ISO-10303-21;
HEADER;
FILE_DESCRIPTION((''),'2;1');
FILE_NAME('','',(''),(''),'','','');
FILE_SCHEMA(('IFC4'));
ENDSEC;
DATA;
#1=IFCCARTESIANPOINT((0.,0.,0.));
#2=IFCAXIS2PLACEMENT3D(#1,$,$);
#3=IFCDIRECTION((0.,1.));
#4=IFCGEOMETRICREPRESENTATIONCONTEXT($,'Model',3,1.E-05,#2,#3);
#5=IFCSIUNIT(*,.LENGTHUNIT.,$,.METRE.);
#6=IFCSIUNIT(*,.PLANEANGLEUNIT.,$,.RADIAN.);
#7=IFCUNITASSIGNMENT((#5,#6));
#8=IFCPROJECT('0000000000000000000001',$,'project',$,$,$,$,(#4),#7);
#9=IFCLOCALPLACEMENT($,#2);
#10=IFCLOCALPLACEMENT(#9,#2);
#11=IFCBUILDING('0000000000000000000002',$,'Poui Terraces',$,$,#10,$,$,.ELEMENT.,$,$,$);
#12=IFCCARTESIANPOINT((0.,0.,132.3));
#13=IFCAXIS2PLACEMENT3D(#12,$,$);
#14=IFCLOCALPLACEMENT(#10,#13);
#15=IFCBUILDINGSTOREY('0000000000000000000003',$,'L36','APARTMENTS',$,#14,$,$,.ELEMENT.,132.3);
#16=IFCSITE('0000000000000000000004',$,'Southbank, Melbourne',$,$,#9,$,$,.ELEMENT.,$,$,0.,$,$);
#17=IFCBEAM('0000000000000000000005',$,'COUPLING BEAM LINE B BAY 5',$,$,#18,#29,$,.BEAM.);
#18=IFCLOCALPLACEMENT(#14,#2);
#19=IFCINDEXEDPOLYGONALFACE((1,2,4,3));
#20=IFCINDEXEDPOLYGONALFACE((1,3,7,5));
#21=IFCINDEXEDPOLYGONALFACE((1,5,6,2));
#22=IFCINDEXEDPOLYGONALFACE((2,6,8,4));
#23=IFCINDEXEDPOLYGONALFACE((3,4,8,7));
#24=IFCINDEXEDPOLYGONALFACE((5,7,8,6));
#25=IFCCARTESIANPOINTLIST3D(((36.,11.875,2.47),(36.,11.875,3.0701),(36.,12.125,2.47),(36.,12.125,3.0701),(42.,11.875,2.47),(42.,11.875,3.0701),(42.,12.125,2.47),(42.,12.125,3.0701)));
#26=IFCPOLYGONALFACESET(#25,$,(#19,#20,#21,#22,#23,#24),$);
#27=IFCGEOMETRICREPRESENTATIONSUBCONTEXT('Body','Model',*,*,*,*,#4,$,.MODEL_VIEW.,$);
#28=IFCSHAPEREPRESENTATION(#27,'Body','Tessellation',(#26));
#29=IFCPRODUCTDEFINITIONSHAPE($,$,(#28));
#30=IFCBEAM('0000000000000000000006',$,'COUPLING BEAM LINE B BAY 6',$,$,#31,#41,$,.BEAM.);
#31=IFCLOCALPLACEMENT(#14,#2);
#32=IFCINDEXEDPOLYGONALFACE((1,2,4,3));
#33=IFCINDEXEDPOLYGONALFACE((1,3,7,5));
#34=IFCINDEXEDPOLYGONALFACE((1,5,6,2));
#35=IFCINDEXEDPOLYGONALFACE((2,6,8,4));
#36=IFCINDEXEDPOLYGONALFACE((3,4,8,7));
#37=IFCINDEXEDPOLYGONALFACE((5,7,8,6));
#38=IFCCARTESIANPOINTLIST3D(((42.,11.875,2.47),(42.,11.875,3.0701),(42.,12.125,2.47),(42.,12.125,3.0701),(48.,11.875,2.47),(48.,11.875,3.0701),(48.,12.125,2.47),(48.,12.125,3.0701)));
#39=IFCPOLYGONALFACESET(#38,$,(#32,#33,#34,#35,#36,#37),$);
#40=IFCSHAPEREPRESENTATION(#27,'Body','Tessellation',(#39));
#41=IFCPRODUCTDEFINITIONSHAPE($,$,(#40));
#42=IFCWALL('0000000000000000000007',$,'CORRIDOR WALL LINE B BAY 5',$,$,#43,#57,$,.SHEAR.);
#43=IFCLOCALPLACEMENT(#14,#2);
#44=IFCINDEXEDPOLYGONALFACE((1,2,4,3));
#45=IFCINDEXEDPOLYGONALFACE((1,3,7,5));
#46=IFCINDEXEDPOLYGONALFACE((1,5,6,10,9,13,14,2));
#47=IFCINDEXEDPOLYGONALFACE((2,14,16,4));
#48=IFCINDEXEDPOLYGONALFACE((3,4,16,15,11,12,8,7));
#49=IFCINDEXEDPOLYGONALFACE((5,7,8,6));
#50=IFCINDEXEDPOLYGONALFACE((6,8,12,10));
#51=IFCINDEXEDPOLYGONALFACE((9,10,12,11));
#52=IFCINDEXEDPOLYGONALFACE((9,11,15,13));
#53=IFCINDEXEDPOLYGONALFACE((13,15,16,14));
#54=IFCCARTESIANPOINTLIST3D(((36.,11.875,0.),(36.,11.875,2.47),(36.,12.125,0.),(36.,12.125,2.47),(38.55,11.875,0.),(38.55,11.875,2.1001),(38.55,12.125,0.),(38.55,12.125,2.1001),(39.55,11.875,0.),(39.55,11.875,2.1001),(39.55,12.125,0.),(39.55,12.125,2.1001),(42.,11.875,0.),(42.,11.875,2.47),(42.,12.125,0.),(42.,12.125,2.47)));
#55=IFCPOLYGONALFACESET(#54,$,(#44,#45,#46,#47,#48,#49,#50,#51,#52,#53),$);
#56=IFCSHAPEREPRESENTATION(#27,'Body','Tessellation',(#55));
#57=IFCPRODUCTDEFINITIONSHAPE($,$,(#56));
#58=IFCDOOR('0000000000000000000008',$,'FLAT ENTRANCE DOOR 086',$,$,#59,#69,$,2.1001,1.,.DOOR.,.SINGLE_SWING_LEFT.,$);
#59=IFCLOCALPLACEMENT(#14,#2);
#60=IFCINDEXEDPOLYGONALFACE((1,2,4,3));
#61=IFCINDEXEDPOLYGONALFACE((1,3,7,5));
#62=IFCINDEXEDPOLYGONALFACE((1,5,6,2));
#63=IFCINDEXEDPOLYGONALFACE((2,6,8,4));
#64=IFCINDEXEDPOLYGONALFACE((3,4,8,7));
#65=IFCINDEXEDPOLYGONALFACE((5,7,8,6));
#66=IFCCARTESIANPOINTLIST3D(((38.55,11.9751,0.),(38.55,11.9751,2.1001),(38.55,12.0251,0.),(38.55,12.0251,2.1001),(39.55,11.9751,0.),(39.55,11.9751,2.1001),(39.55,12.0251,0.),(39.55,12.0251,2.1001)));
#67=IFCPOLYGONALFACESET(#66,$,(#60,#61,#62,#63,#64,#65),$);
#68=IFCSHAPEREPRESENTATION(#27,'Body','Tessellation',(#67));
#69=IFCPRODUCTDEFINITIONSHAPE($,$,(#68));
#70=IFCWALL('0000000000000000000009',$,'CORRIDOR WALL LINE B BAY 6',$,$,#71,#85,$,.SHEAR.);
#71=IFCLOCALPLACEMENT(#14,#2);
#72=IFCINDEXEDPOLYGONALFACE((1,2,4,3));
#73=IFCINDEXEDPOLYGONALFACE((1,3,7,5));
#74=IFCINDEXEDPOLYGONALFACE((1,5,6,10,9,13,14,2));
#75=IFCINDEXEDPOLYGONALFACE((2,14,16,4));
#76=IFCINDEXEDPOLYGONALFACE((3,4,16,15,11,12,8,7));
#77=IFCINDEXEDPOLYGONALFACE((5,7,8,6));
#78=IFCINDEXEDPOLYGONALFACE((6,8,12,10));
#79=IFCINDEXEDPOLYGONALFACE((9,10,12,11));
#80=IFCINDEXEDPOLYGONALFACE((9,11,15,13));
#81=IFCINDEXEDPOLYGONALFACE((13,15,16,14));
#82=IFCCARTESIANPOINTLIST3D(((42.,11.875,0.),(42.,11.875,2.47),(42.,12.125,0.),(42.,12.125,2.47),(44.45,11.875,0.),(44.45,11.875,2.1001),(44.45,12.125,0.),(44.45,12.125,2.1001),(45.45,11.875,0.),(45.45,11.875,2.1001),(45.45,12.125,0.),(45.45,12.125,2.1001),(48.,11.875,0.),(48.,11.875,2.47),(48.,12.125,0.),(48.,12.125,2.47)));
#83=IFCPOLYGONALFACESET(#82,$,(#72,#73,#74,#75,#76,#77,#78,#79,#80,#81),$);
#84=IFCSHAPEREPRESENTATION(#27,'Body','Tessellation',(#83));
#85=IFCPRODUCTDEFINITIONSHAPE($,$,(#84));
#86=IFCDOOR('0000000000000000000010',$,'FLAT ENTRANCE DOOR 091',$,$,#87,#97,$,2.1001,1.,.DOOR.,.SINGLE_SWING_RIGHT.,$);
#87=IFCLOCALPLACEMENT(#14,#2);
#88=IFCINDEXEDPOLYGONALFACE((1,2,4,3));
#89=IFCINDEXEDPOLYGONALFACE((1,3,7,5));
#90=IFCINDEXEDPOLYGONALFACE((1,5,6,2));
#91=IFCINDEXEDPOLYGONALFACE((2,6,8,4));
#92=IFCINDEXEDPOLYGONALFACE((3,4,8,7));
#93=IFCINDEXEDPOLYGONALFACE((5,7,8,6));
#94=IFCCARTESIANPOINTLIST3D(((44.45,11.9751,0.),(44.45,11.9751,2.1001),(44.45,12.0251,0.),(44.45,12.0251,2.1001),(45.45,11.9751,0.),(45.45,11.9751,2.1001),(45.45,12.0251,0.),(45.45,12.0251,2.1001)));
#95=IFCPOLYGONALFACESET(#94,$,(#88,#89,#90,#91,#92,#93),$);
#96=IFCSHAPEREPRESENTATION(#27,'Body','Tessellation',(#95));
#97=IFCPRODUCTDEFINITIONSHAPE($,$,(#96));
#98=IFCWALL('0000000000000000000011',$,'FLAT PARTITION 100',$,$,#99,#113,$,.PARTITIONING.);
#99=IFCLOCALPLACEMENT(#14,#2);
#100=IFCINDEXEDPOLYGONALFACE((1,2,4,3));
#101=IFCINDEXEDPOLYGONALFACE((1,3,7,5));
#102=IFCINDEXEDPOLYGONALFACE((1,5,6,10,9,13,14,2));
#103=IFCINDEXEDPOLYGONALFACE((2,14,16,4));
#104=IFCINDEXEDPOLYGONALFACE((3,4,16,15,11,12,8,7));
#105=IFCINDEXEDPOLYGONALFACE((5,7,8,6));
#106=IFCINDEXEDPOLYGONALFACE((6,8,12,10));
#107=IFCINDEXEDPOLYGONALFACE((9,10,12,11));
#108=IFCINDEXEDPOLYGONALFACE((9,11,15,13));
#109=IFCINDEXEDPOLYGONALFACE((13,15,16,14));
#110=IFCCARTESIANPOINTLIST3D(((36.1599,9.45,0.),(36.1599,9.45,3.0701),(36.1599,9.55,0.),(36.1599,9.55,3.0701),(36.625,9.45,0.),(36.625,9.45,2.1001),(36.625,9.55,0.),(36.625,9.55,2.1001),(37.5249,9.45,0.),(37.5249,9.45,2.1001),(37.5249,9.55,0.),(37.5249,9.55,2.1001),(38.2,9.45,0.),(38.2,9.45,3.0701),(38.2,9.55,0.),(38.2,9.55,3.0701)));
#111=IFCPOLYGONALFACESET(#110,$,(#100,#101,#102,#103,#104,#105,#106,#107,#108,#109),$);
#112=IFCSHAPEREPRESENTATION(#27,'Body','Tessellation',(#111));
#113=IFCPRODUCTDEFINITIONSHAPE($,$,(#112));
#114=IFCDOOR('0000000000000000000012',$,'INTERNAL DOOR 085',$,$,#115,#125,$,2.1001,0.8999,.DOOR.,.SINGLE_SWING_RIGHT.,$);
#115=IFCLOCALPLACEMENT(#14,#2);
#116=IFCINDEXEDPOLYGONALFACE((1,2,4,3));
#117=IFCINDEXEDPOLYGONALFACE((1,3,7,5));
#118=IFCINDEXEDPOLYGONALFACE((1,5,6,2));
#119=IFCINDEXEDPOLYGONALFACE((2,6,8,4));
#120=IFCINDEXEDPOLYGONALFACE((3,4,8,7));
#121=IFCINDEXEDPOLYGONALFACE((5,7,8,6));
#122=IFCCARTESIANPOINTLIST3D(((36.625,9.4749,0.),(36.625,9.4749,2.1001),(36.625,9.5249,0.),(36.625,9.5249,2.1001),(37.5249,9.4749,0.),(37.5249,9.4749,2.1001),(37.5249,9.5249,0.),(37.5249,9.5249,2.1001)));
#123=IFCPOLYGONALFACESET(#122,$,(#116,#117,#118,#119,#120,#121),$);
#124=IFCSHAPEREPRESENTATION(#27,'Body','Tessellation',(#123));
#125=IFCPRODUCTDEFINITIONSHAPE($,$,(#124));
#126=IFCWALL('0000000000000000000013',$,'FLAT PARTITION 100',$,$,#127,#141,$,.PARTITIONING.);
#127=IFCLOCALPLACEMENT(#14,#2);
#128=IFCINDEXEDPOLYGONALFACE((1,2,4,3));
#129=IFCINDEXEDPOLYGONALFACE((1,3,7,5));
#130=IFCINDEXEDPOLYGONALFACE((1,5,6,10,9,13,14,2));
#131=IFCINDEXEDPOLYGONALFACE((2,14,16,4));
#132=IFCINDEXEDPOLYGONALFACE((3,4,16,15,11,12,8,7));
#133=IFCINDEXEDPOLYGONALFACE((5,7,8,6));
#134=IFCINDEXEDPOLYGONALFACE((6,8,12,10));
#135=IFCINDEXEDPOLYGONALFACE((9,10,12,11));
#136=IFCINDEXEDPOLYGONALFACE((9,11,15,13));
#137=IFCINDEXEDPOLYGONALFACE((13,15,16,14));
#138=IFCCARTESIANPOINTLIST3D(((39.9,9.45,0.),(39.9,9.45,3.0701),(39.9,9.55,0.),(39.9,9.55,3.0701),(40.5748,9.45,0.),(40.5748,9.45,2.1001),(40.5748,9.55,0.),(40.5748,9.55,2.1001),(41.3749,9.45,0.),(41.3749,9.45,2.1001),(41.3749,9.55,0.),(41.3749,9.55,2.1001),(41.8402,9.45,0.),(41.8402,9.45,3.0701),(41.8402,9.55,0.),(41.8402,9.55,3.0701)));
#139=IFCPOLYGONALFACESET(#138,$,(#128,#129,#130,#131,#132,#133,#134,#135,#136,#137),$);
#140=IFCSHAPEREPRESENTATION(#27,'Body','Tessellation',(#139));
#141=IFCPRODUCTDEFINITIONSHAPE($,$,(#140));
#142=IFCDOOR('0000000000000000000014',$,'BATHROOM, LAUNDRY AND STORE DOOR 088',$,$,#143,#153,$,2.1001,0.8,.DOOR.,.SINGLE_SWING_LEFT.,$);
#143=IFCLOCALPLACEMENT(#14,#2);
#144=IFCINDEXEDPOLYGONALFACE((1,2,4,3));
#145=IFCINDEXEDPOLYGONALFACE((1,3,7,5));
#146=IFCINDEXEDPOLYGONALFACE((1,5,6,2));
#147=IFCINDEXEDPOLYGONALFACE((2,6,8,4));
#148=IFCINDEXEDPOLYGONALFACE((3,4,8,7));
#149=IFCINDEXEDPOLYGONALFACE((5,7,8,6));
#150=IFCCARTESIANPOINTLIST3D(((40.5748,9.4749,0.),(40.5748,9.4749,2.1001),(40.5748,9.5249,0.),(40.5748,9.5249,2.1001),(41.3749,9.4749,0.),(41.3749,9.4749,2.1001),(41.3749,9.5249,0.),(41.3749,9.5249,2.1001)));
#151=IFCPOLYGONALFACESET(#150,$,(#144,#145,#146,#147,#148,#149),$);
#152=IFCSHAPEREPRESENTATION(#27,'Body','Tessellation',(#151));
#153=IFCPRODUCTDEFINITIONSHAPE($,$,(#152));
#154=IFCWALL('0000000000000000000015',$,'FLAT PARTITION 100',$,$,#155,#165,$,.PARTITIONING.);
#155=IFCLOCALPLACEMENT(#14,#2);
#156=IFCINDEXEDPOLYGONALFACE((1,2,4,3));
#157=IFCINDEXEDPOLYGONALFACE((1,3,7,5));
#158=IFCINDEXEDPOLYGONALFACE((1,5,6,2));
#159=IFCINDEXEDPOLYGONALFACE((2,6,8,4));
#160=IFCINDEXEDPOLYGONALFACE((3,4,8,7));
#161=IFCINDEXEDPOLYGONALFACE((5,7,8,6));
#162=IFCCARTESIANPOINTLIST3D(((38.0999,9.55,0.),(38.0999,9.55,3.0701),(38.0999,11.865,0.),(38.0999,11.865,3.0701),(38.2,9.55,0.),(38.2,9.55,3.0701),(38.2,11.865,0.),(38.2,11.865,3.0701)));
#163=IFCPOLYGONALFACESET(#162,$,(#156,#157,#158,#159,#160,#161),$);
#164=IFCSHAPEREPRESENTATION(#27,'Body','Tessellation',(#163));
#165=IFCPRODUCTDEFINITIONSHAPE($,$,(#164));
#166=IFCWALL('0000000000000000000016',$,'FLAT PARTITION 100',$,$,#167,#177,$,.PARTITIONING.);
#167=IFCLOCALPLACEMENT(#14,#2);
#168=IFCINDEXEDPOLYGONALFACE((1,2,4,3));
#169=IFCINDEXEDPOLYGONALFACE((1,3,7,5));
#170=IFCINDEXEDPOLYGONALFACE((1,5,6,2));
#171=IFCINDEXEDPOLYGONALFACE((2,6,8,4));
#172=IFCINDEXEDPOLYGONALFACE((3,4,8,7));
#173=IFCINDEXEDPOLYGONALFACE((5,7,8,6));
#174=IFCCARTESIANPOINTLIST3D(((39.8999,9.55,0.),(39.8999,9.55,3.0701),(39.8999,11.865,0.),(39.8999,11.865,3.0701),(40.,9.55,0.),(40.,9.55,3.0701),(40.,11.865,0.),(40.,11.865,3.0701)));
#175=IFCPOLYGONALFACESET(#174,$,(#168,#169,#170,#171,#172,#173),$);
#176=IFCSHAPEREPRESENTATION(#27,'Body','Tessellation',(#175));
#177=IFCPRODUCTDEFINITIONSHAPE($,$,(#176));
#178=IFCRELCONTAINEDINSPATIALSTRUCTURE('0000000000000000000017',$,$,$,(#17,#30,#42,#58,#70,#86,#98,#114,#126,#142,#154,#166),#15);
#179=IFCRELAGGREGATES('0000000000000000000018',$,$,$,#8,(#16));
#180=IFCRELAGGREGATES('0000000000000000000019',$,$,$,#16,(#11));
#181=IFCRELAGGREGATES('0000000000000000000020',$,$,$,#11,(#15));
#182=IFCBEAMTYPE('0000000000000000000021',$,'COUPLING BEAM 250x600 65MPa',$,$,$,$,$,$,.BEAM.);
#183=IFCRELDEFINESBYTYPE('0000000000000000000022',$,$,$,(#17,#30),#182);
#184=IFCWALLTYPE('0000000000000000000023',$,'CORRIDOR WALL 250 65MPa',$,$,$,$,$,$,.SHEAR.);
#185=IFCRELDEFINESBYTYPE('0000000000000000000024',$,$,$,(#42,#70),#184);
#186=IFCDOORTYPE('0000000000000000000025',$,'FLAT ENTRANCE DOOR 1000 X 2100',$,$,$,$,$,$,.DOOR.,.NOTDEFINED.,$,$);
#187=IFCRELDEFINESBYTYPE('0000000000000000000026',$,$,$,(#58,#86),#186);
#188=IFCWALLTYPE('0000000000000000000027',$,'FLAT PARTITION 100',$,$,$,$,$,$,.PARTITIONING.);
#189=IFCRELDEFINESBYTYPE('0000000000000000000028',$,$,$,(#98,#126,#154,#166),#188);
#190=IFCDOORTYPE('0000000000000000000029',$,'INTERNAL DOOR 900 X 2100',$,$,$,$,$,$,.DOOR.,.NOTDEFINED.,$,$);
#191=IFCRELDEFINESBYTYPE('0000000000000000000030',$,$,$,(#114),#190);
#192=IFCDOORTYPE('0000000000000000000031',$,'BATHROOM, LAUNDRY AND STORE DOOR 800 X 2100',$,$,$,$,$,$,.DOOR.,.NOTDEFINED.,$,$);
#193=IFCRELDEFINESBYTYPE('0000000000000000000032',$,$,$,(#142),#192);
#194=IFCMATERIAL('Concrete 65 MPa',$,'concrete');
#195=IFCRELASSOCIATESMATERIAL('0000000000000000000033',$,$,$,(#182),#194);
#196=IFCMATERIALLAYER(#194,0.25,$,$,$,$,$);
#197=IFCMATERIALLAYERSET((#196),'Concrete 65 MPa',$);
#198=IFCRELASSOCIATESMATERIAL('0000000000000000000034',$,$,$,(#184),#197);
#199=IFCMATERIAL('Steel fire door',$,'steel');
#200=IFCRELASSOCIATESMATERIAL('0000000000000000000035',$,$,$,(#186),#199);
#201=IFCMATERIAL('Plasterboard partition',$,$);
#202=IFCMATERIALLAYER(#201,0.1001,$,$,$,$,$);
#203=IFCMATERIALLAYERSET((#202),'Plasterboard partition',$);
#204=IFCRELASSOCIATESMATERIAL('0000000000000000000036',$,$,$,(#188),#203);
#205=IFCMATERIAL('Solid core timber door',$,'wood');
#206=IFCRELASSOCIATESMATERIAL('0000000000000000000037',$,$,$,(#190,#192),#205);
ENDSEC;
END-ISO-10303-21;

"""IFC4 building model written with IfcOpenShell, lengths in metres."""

from ifc_helpers import new_model, si_unit, direction, frame, frame_2d, origin, origin_2d, place, context, subcontext, project, spatial, rectangle, extrude, source, transform, mapped, material, layer, layer_set, material_profile, profile_set, type_object, element, fill, save


model = new_model("IFC4")

# Units and contexts
model_context = context("Model", 3, precision=1e-05, world=origin(), true_north=direction((0.0, 1.0)))
body_context = subcontext(model_context, "Body", "Model", "MODEL_VIEW")
ifc_project = project(units=[si_unit("LENGTHUNIT", "METRE"), si_unit("PLANEANGLEUNIT", "RADIAN")], contexts=[model_context])

# Site, building, storey
site_placement = place(None, origin())
site = spatial("IfcSite", under=ifc_project, at=site_placement, Name="Southbank, Melbourne", CompositionType="ELEMENT", RefElevation=0.0)
building_placement = place(site_placement, origin())
building = spatial("IfcBuilding", under=site, at=building_placement, Name="Poui Terraces", CompositionType="ELEMENT")
storey_placement = place(building_placement, frame((0.0, 0.0, 132.3)))
storey = spatial("IfcBuildingStorey", under=building, at=storey_placement, Name="L36", Description="APARTMENTS", CompositionType="ELEMENT", Elevation=132.3)

# Beams
ifc_material_1 = material(Name="Concrete 65 MPa", Category="concrete")
ifc_material_profile = material_profile(ifc_material_1, rectangle(XDim=0.25, YDim=0.6001, at=origin_2d()), Name="RC 250x600")
ifc_profile_set = profile_set([ifc_material_profile], Name="Concrete 65 MPa")
beam_type = type_object("IfcBeamType", Name="COUPLING BEAM 250x600 65MPa", PredefinedType="BEAM", material=ifc_profile_set)
shared_shape = source(origin(), body_context, "Body", "SweptSolid", [
    extrude(rectangle(XDim=0.25, YDim=0.6001, at=origin_2d()), origin(), (0.0, 0.0, 1.0), 6.0),
])
for number, where, z_axis, x_axis, name in (
    (1, (36.0, 12.0, 2.77), (1.0, 0.0, 0.0), (0.0, 1.0, 0.0), "COUPLING BEAM LINE B BAY 5"),
    (2, (42.0, 12.0, 2.77), (1.0, 0.0, 0.0), (0.0, 1.0, 0.0), "COUPLING BEAM LINE B BAY 6"),
):
    element("IfcBeam", number, at=place(storey_placement, frame(where, z_axis=z_axis, x_axis=x_axis)), inside=storey, type_object=beam_type, Name=name, PredefinedType="BEAM", context=body_context, shape_type="MappedRepresentation", body=[
        mapped(shared_shape, transform((0.0, 0.0, 0.0))),
    ])

# Walls, openings, doors
ifc_layer_1 = layer(ifc_material_1, 0.25)
ifc_layer_set_1 = layer_set([ifc_layer_1], Name="Concrete 65 MPa")
wall_type_1 = type_object("IfcWallType", Name="CORRIDOR WALL 250 65MPa", PredefinedType="SHEAR", material=ifc_layer_set_1)
wall_1_placement = place(storey_placement, frame((36.0, 12.0, 0.0), z_axis=(0.0, 0.0, 1.0), x_axis=(1.0, 0.0, 0.0)))
wall_1 = element("IfcWall", 3, at=wall_1_placement, inside=storey, type_object=wall_type_1, Name="CORRIDOR WALL LINE B BAY 5", PredefinedType="SHEAR", context=body_context, shape_type="SweptSolid", body=[
    extrude(rectangle(XDim=6.0, YDim=0.25, at=frame_2d((3.0, 0.0))), origin(), (0.0, 0.0, 1.0), 2.47),
])
opening_1_placement = place(wall_1_placement, frame((2.55, 0.0, 0.0)))
opening_1 = element("IfcOpeningElement", 4, at=opening_1_placement, cuts=wall_1, PredefinedType="OPENING", context=body_context, shape_type="SweptSolid", body=[
    extrude(rectangle(XDim=1.0, YDim=2.1001, at=frame_2d((0.5, 1.05))), frame((0.0, 0.135, 0.0), z_axis=(0.0, -1.0, 0.0), x_axis=(1.0, 0.0, 0.0)), (0.0, 0.0, 1.0), 0.27),
])
ifc_material_2 = material(Name="Steel fire door", Category="steel")
door_type_1 = type_object("IfcDoorType", Name="FLAT ENTRANCE DOOR 1000 X 2100", OperationType="NOTDEFINED", PredefinedType="DOOR", material=ifc_material_2)
door_1_placement = place(opening_1_placement, frame((1.0, 0.0, 0.0), z_axis=(0.0, 0.0, 1.0), x_axis=(-1.0, 0.0, 0.0)))
door_1 = element("IfcDoor", 5, at=door_1_placement, inside=storey, type_object=door_type_1, Name="FLAT ENTRANCE DOOR 086", OperationType="SINGLE_SWING_LEFT", OverallHeight=2.1001, OverallWidth=1.0, PredefinedType="DOOR", context=body_context, shape_type="SweptSolid", body=[
    extrude(rectangle(XDim=1.0, YDim=2.1001, at=frame_2d((0.5, 1.05))), frame((0.0, 0.0249, 0.0), z_axis=(0.0, -1.0, 0.0), x_axis=(1.0, 0.0, 0.0)), (0.0, 0.0, 1.0), 0.05),
])
fill(opening_1, door_1)
wall_2_placement = place(storey_placement, frame((42.0, 12.0, 0.0), z_axis=(0.0, 0.0, 1.0), x_axis=(1.0, 0.0, 0.0)))
wall_2 = element("IfcWall", 6, at=wall_2_placement, inside=storey, type_object=wall_type_1, Name="CORRIDOR WALL LINE B BAY 6", PredefinedType="SHEAR", context=body_context, shape_type="SweptSolid", body=[
    extrude(rectangle(XDim=6.0, YDim=0.25, at=frame_2d((3.0, 0.0))), origin(), (0.0, 0.0, 1.0), 2.47),
])
opening_2_placement = place(wall_2_placement, frame((2.45, 0.0, 0.0)))
opening_2 = element("IfcOpeningElement", 7, at=opening_2_placement, cuts=wall_2, PredefinedType="OPENING", context=body_context, shape_type="SweptSolid", body=[
    extrude(rectangle(XDim=1.0, YDim=2.1001, at=frame_2d((0.5, 1.05))), frame((0.0, 0.135, 0.0), z_axis=(0.0, -1.0, 0.0), x_axis=(1.0, 0.0, 0.0)), (0.0, 0.0, 1.0), 0.27),
])
door_2_placement = place(opening_2_placement, frame((1.0, 0.0, 0.0), z_axis=(0.0, 0.0, 1.0), x_axis=(-1.0, 0.0, 0.0)))
door_2 = element("IfcDoor", 8, at=door_2_placement, inside=storey, type_object=door_type_1, Name="FLAT ENTRANCE DOOR 091", OperationType="SINGLE_SWING_RIGHT", OverallHeight=2.1001, OverallWidth=1.0, PredefinedType="DOOR", context=body_context, shape_type="SweptSolid", body=[
    extrude(rectangle(XDim=1.0, YDim=2.1001, at=frame_2d((0.5, 1.05))), frame((0.0, 0.0249, 0.0), z_axis=(0.0, -1.0, 0.0), x_axis=(1.0, 0.0, 0.0)), (0.0, 0.0, 1.0), 0.05),
])
fill(opening_2, door_2)
ifc_material_3 = material(Name="Plasterboard partition")
ifc_layer_2 = layer(ifc_material_3, 0.1001)
ifc_layer_set_2 = layer_set([ifc_layer_2], Name="Plasterboard partition")
wall_type_2 = type_object("IfcWallType", Name="FLAT PARTITION 100", PredefinedType="PARTITIONING", material=ifc_layer_set_2)
wall_3_placement = place(storey_placement, frame((36.1599, 9.5, 0.0), z_axis=(0.0, 0.0, 1.0), x_axis=(1.0, 0.0, 0.0)))
wall_3 = element("IfcWall", 9, at=wall_3_placement, inside=storey, type_object=wall_type_2, Name="FLAT PARTITION 100", PredefinedType="PARTITIONING", context=body_context, shape_type="SweptSolid", body=[
    extrude(rectangle(XDim=2.04, YDim=0.1001, at=frame_2d((1.02, 0.0))), origin(), (0.0, 0.0, 1.0), 3.0701),
])
opening_3_placement = place(wall_3_placement, frame((0.4651, 0.0, 0.0)))
opening_3 = element("IfcOpeningElement", 10, at=opening_3_placement, cuts=wall_3, PredefinedType="OPENING", context=body_context, shape_type="SweptSolid", body=[
    extrude(rectangle(XDim=0.8999, YDim=2.1001, at=frame_2d((0.45, 1.05))), frame((0.0, 0.0601, 0.0), z_axis=(0.0, -1.0, 0.0), x_axis=(1.0, 0.0, 0.0)), (0.0, 0.0, 1.0), 0.1201),
])
ifc_material_4 = material(Name="Solid core timber door", Category="wood")
door_type_2 = type_object("IfcDoorType", Name="INTERNAL DOOR 900 X 2100", OperationType="NOTDEFINED", PredefinedType="DOOR", material=ifc_material_4)
door_3_placement = place(opening_3_placement, origin())
door_3 = element("IfcDoor", 11, at=door_3_placement, inside=storey, type_object=door_type_2, Name="INTERNAL DOOR 085", OperationType="SINGLE_SWING_RIGHT", OverallHeight=2.1001, OverallWidth=0.8999, PredefinedType="DOOR", context=body_context, shape_type="SweptSolid", body=[
    extrude(rectangle(XDim=0.8999, YDim=2.1001, at=frame_2d((0.45, 1.05))), frame((0.0, 0.0249, 0.0), z_axis=(0.0, -1.0, 0.0), x_axis=(1.0, 0.0, 0.0)), (0.0, 0.0, 1.0), 0.05),
])
fill(opening_3, door_3)
wall_4_placement = place(storey_placement, frame((39.8999, 9.5, 0.0), z_axis=(0.0, 0.0, 1.0), x_axis=(1.0, 0.0, 0.0)))
wall_4 = element("IfcWall", 12, at=wall_4_placement, inside=storey, type_object=wall_type_2, Name="FLAT PARTITION 100", PredefinedType="PARTITIONING", context=body_context, shape_type="SweptSolid", body=[
    extrude(rectangle(XDim=1.9402, YDim=0.1001, at=frame_2d((0.9702, 0.0))), origin(), (0.0, 0.0, 1.0), 3.0701),
])
opening_4_placement = place(wall_4_placement, frame((0.675, 0.0, 0.0)))
opening_4 = element("IfcOpeningElement", 13, at=opening_4_placement, cuts=wall_4, PredefinedType="OPENING", context=body_context, shape_type="SweptSolid", body=[
    extrude(rectangle(XDim=0.8, YDim=2.1001, at=frame_2d((0.3999, 1.05))), frame((0.0, 0.0601, 0.0), z_axis=(0.0, -1.0, 0.0), x_axis=(1.0, 0.0, 0.0)), (0.0, 0.0, 1.0), 0.1201),
])
door_type_3 = type_object("IfcDoorType", Name="BATHROOM, LAUNDRY AND STORE DOOR 800 X 2100", OperationType="NOTDEFINED", PredefinedType="DOOR", material=ifc_material_4)
door_4_placement = place(opening_4_placement, origin())
door_4 = element("IfcDoor", 14, at=door_4_placement, inside=storey, type_object=door_type_3, Name="BATHROOM, LAUNDRY AND STORE DOOR 088", OperationType="SINGLE_SWING_LEFT", OverallHeight=2.1001, OverallWidth=0.8, PredefinedType="DOOR", context=body_context, shape_type="SweptSolid", body=[
    extrude(rectangle(XDim=0.8, YDim=2.1001, at=frame_2d((0.3999, 1.05))), frame((0.0, 0.0249, 0.0), z_axis=(0.0, -1.0, 0.0), x_axis=(1.0, 0.0, 0.0)), (0.0, 0.0, 1.0), 0.05),
])
fill(opening_4, door_4)

# Walls
for number, where, z_axis, x_axis, name in (
    (15, (38.1499, 9.55, 0.0), (0.0, 0.0, 1.0), (0.0, 1.0, 0.0), "FLAT PARTITION 100"),
    (16, (39.95, 9.55, 0.0), (0.0, 0.0, 1.0), (0.0, 1.0, 0.0), "FLAT PARTITION 100"),
):
    element("IfcWall", number, at=place(storey_placement, frame(where, z_axis=z_axis, x_axis=x_axis)), inside=storey, type_object=wall_type_2, Name=name, PredefinedType="PARTITIONING", context=body_context, shape_type="SweptSolid", body=[
        extrude(rectangle(XDim=2.3149, YDim=0.1001, at=frame_2d((1.1575, 0.0))), origin(), (0.0, 0.0, 1.0), 3.0701),
    ])

save(model, "model.ifc")
